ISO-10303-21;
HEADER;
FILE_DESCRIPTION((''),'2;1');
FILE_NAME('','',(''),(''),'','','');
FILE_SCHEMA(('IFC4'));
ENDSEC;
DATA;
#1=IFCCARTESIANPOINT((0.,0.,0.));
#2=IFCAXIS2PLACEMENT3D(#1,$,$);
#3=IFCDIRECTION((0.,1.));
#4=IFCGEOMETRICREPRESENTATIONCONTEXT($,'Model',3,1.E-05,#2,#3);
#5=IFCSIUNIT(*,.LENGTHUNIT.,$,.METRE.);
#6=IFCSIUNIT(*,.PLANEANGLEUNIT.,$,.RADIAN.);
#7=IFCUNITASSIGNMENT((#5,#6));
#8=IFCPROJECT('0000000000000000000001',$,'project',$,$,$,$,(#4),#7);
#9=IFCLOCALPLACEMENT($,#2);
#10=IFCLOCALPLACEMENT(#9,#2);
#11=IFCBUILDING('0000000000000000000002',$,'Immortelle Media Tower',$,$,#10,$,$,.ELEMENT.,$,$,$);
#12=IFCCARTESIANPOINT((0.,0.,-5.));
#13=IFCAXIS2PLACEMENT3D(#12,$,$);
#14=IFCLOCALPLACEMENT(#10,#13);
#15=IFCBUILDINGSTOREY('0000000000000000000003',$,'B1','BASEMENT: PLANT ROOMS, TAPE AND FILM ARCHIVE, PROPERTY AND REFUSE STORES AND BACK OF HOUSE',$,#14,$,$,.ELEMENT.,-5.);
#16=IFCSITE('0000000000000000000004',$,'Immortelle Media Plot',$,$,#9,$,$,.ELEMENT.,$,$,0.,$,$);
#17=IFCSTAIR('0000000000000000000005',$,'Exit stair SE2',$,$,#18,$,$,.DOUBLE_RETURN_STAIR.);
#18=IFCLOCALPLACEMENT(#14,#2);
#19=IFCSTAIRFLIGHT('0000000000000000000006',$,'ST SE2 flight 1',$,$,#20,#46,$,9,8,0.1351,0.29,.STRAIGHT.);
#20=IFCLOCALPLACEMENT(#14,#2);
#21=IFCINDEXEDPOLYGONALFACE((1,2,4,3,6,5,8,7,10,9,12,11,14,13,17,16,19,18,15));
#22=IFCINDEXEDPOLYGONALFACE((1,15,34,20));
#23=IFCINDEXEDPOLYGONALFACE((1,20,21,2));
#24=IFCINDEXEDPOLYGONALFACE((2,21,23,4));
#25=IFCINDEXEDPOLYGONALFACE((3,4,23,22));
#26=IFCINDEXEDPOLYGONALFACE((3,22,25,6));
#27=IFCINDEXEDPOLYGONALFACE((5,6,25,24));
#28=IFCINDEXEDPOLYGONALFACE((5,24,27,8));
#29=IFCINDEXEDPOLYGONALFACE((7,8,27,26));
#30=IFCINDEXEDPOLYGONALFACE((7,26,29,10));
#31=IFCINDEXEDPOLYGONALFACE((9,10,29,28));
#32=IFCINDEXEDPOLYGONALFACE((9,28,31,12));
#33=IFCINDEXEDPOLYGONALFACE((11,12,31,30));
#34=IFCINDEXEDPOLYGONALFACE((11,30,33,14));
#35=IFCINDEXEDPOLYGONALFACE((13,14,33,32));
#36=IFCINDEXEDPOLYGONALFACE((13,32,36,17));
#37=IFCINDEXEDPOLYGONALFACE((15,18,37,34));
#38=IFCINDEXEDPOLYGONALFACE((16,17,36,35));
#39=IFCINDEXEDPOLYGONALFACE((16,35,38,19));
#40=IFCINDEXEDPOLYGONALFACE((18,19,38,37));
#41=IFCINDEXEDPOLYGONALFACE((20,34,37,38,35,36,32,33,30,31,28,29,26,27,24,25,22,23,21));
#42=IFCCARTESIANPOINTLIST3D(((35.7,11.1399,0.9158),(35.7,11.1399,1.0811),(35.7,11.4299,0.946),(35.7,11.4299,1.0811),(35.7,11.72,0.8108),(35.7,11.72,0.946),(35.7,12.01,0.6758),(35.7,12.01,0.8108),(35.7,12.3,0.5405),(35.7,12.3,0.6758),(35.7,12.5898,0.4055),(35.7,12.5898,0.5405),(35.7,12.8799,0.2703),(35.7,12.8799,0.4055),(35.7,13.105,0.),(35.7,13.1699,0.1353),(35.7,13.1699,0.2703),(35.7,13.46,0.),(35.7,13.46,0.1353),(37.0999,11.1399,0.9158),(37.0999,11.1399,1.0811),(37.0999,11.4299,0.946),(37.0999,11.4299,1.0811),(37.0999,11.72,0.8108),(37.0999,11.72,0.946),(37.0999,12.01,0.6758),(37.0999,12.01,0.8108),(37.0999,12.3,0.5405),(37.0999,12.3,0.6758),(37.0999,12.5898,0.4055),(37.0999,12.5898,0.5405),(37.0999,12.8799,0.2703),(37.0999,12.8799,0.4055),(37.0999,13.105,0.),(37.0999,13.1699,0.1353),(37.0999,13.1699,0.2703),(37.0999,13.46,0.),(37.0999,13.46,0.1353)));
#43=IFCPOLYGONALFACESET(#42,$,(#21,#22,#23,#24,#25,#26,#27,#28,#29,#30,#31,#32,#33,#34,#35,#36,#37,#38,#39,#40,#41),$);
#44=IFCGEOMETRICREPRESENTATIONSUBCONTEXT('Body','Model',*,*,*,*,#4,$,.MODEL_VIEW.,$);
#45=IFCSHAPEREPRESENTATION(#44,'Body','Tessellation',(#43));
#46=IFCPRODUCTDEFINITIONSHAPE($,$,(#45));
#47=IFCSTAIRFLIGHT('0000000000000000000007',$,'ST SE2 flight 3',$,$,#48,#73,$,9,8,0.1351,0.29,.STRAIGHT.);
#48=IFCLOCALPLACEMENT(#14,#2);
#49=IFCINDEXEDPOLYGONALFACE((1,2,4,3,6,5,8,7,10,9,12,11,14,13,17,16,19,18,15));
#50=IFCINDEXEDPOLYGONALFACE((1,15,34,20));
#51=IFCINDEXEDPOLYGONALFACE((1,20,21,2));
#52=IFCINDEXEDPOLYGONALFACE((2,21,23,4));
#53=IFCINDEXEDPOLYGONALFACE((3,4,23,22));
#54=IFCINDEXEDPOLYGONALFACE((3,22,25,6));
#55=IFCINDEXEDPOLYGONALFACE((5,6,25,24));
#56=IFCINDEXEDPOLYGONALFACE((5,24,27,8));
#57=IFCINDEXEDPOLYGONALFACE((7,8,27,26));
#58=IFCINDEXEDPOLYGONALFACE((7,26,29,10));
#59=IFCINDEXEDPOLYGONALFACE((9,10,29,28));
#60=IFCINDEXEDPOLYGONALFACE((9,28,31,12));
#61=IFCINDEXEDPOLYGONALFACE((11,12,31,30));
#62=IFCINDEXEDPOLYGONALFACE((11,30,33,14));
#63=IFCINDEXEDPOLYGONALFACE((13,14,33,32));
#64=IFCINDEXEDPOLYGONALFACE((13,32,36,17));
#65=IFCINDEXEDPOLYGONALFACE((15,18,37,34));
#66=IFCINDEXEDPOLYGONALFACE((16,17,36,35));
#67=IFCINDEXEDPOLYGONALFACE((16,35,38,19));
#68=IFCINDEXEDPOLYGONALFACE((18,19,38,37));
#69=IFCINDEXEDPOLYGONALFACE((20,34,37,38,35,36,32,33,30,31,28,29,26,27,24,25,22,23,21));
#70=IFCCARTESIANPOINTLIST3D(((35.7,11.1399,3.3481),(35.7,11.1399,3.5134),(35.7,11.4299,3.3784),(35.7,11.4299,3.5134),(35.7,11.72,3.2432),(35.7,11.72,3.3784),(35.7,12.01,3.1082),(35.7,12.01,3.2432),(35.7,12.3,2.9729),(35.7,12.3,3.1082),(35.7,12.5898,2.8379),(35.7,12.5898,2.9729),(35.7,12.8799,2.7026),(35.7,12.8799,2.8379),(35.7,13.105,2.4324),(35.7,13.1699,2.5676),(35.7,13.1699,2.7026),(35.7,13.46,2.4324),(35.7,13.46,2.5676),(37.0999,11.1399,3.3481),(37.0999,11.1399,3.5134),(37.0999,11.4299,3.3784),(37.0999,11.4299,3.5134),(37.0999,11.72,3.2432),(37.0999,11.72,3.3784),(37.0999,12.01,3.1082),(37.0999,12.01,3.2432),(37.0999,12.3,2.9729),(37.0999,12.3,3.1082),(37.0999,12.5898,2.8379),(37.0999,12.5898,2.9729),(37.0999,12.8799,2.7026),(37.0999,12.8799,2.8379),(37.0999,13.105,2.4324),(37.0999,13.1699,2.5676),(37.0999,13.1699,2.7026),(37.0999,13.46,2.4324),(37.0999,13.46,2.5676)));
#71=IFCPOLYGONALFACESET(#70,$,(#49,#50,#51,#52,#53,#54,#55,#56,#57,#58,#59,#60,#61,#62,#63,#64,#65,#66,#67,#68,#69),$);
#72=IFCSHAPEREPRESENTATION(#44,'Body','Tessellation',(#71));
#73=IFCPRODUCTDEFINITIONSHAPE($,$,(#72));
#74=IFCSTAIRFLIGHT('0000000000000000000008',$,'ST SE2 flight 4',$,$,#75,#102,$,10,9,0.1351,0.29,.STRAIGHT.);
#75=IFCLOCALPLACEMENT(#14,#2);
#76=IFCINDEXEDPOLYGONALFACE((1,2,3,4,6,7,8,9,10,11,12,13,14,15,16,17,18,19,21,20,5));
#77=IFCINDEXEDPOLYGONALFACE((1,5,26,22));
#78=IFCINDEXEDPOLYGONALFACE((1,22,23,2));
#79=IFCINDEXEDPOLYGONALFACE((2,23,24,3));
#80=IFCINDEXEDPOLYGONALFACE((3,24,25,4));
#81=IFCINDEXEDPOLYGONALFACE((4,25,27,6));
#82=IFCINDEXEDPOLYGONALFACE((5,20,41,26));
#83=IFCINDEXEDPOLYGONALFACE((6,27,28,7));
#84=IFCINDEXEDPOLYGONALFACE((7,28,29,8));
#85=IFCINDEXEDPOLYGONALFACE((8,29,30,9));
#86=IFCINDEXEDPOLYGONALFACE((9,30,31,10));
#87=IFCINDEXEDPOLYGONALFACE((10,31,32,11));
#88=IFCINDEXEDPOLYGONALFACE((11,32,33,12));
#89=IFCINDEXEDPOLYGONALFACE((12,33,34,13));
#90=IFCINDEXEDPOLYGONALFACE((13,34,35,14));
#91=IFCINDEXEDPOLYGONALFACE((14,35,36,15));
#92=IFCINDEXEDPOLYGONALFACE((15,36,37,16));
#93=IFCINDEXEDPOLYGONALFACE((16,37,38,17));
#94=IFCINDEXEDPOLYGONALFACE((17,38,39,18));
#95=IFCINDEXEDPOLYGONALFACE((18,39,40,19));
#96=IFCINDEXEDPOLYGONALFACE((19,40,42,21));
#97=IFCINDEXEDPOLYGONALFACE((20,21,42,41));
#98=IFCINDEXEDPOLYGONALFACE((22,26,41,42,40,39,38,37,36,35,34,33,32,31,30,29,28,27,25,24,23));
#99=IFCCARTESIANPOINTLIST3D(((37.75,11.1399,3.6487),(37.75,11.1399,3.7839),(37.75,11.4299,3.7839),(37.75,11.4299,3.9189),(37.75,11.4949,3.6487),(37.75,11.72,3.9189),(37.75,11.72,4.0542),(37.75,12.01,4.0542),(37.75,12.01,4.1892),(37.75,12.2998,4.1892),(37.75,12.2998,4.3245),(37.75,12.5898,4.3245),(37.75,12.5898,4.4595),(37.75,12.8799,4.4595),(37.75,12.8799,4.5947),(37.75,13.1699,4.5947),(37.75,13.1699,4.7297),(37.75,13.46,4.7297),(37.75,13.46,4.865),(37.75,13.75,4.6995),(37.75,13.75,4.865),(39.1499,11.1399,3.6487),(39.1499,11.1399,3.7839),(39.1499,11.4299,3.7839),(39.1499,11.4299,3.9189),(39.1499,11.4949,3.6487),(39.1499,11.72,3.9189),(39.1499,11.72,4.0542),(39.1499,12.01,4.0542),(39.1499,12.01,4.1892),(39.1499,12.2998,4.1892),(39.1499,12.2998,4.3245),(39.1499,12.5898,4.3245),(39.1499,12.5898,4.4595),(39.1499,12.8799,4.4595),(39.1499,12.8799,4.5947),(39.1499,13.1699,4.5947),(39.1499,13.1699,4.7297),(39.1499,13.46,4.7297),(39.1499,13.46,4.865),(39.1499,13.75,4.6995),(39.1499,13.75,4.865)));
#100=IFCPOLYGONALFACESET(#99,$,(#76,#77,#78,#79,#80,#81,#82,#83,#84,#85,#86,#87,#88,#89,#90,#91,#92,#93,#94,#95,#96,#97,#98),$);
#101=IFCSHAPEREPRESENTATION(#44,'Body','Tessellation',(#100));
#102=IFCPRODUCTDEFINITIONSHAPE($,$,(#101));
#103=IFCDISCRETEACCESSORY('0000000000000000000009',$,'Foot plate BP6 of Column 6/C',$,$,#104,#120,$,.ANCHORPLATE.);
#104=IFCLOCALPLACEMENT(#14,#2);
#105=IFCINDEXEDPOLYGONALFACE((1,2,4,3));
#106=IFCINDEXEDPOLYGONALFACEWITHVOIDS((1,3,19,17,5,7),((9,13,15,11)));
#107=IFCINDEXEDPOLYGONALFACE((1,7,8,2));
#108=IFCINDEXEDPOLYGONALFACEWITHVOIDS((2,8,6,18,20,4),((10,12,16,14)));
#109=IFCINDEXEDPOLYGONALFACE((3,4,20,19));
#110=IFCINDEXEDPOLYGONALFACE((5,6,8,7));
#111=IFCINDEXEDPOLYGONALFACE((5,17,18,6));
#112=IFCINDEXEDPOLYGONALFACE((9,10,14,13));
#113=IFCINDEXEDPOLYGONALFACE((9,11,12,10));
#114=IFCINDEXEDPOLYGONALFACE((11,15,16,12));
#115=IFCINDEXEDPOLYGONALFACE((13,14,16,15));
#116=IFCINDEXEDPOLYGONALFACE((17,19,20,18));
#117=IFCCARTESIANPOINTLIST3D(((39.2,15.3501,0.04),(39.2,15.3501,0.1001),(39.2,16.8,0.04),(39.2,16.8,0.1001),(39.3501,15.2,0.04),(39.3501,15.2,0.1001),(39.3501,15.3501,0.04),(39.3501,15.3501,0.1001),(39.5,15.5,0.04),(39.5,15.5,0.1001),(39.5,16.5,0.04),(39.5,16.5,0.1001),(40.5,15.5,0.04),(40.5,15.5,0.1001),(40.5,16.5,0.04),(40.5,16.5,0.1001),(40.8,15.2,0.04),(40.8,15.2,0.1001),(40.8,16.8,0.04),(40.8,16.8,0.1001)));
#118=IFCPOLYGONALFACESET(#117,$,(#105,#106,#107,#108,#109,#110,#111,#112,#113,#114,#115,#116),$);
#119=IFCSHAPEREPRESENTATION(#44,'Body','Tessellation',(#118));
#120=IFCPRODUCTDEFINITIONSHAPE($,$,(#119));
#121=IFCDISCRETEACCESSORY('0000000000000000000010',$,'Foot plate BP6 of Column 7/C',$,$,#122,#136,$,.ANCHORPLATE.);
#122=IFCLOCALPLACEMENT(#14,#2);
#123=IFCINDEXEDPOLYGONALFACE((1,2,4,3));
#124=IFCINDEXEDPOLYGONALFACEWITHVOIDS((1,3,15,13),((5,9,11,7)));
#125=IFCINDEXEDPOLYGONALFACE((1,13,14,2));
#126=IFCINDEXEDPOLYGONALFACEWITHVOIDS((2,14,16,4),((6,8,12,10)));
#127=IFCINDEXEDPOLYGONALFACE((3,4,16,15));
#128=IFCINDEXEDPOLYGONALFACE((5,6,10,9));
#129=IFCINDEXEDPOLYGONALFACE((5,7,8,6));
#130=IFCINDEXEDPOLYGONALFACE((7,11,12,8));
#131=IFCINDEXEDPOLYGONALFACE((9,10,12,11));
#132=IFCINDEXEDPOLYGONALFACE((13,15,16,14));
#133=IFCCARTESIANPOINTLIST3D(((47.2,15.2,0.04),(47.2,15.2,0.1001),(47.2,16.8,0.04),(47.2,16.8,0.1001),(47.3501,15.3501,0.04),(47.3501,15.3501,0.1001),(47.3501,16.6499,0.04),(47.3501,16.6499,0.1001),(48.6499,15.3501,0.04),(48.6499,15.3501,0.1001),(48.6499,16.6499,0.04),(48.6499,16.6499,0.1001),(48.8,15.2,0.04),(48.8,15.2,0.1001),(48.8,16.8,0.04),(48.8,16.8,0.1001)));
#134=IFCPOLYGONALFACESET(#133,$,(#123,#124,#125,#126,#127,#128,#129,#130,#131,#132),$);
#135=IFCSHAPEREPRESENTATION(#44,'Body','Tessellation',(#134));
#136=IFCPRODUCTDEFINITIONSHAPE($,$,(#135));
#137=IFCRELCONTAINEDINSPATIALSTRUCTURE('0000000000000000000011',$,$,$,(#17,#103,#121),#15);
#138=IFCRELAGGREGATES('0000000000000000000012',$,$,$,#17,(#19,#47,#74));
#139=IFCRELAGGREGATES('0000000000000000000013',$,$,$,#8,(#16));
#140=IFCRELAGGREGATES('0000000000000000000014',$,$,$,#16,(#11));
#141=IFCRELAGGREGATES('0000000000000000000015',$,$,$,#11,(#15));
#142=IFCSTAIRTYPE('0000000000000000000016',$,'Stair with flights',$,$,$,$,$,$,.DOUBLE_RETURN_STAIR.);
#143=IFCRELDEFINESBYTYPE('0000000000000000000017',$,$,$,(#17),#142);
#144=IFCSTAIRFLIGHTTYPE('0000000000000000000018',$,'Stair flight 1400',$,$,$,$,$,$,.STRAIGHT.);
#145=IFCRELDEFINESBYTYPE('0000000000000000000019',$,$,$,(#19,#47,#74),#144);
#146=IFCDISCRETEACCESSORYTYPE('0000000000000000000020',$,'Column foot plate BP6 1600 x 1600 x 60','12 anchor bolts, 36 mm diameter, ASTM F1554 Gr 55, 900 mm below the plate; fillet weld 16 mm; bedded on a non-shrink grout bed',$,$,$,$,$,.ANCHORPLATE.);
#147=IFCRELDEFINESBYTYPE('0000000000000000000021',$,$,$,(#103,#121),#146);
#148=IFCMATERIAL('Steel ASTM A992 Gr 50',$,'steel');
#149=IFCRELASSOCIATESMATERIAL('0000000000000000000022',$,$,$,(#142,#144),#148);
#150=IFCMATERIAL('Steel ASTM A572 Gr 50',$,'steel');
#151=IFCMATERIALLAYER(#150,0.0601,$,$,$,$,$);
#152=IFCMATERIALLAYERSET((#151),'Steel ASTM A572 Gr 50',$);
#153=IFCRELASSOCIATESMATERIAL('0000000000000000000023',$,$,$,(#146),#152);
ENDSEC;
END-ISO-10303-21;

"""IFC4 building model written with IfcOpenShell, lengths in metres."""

from ifc_helpers import new_model, si_unit, direction, frame, origin, place, context, subcontext, project, spatial, polyline, outline, extrude, material, layer, layer_set, type_object, element, aggregate, save


model = new_model("IFC4")

# Units and contexts
model_context = context("Model", 3, precision=1e-05, world=origin(), true_north=direction((0.0, 1.0)))
body_context = subcontext(model_context, "Body", "Model", "MODEL_VIEW")
ifc_project = project(units=[si_unit("LENGTHUNIT", "METRE"), si_unit("PLANEANGLEUNIT", "RADIAN")], contexts=[model_context])

# Site, building, storey
site_placement = place(None, origin())
site = spatial("IfcSite", under=ifc_project, at=site_placement, Name="Immortelle Media Plot", CompositionType="ELEMENT", RefElevation=0.0)
building_placement = place(site_placement, origin())
building = spatial("IfcBuilding", under=site, at=building_placement, Name="Immortelle Media Tower", CompositionType="ELEMENT")
storey_placement = place(building_placement, frame((0.0, 0.0, -5.0)))
storey = spatial("IfcBuildingStorey", under=building, at=storey_placement, Name="B1", Description="BASEMENT: PLANT ROOMS, TAPE AND FILM ARCHIVE, PROPERTY AND REFUSE STORES AND BACK OF HOUSE", CompositionType="ELEMENT", Elevation=-5.0)

# Shared definitions
ifc_material_1 = material(Name="Steel ASTM A572 Gr 50", Category="steel")

# Stair, stair flights
ifc_material_2 = material(Name="Steel ASTM A992 Gr 50", Category="steel")
stair_type = type_object("IfcStairType", Name="Stair with flights", PredefinedType="DOUBLE_RETURN_STAIR", material=ifc_material_2)
stair_placement = place(storey_placement, origin())
stair = element("IfcStair", 1, at=stair_placement, inside=storey, type_object=stair_type, Name="Exit stair SE2", PredefinedType="DOUBLE_RETURN_STAIR")
stair_flight_type = type_object("IfcStairFlightType", Name="Stair flight 1400", PredefinedType="STRAIGHT", material=ifc_material_2)
stair_flight_1_placement = place(storey_placement, frame((36.3999, 13.46, 0.0), z_axis=(0.0, 0.0, 1.0), x_axis=(0.0, -1.0, 0.0)))
stair_flight_1 = element("IfcStairFlight", 2, at=stair_flight_1_placement, type_object=stair_flight_type, Name="ST SE2 flight 1", NumberOfRisers=9, NumberOfTreads=8, PredefinedType="STRAIGHT", RiserHeight=0.1351, TreadLength=0.29, context=body_context, shape_type="SweptSolid", body=[
    extrude(outline(polyline([(0.0, 0.0), (0.0, 0.1353), (0.29, 0.1353), (0.29, 0.2703), (0.5801, 0.2703), (0.5801, 0.4055), (0.8701, 0.4055), (0.8701, 0.5405), (1.1599, 0.5405), (1.1599, 0.6758), (1.45, 0.6758), (1.45, 0.8108), (1.74, 0.8108), (1.74, 0.946), (2.03, 0.946), (2.03, 1.0811), (2.3201, 1.0811), (2.3201, 1.2163), (2.3201, 0.9158), (0.355, 0.0), (0.0, 0.0)])), frame((0.0, 0.7, 0.0), z_axis=(0.0, -1.0, 0.0), x_axis=(1.0, 0.0, 0.0)), (0.0, 0.0, 1.0), 1.3999),
])
stair_flight_2_placement = place(storey_placement, frame((36.3999, 13.46, 2.4324), z_axis=(0.0, 0.0, 1.0), x_axis=(0.0, -1.0, 0.0)))
stair_flight_2 = element("IfcStairFlight", 3, at=stair_flight_2_placement, type_object=stair_flight_type, Name="ST SE2 flight 3", NumberOfRisers=9, NumberOfTreads=8, PredefinedType="STRAIGHT", RiserHeight=0.1351, TreadLength=0.29, context=body_context, shape_type="SweptSolid", body=[
    extrude(outline(polyline([(0.0, 0.0), (0.0, 0.1353), (0.29, 0.1353), (0.29, 0.2703), (0.5801, 0.2703), (0.5801, 0.4055), (0.8701, 0.4055), (0.8701, 0.5405), (1.1599, 0.5405), (1.1599, 0.6758), (1.45, 0.6758), (1.45, 0.8108), (1.74, 0.8108), (1.74, 0.946), (2.03, 0.946), (2.03, 1.0811), (2.3201, 1.0811), (2.3201, 1.2163), (2.3201, 0.9158), (0.355, 0.0), (0.0, 0.0)])), frame((0.0, 0.7, 0.0), z_axis=(0.0, -1.0, 0.0), x_axis=(1.0, 0.0, 0.0)), (0.0, 0.0, 1.0), 1.3999),
])
stair_flight_3_placement = place(storey_placement, frame((38.45, 11.1399, 3.6487), z_axis=(0.0, 0.0, 1.0), x_axis=(0.0, 1.0, 0.0)))
stair_flight_3 = element("IfcStairFlight", 4, at=stair_flight_3_placement, type_object=stair_flight_type, Name="ST SE2 flight 4", NumberOfRisers=10, NumberOfTreads=9, PredefinedType="STRAIGHT", RiserHeight=0.1351, TreadLength=0.29, context=body_context, shape_type="SweptSolid", body=[
    extrude(outline(polyline([(0.0, 0.0), (0.0, 0.1353), (0.29, 0.1353), (0.29, 0.2703), (0.5801, 0.2703), (0.5801, 0.4055), (0.8701, 0.4055), (0.8701, 0.5405), (1.1599, 0.5405), (1.1599, 0.6758), (1.45, 0.6758), (1.45, 0.8108), (1.74, 0.8108), (1.74, 0.946), (2.03, 0.946), (2.03, 1.0811), (2.3201, 1.0811), (2.3201, 1.2163), (2.6101, 1.2163), (2.6101, 1.3513), (2.6101, 1.0508), (0.355, 0.0), (0.0, 0.0)])), frame((0.0, 0.7, 0.0), z_axis=(0.0, -1.0, 0.0), x_axis=(1.0, 0.0, 0.0)), (0.0, 0.0, 1.0), 1.3999),
])
aggregate(stair, [stair_flight_1, stair_flight_2, stair_flight_3])

# Discrete accessories
ifc_layer_1 = layer(ifc_material_1, 0.0601)
ifc_layer_set_1 = layer_set([ifc_layer_1], Name="Steel ASTM A572 Gr 50")
discrete_accessory_type = type_object("IfcDiscreteAccessoryType", Name="Column foot plate BP6 1600 x 1600 x 60", Description="12 anchor bolts, 36 mm diameter, ASTM F1554 Gr 55, 900 mm below the plate; fillet weld 16 mm; bedded on a non-shrink grout bed", PredefinedType="ANCHORPLATE", material=ifc_layer_set_1)
discrete_accessory_1_placement = place(storey_placement, frame((40.0, 16.0, 0.04), z_axis=(0.0, 0.0, 1.0), x_axis=(1.0, 0.0, 0.0)))
element("IfcDiscreteAccessory", 5, at=discrete_accessory_1_placement, inside=storey, type_object=discrete_accessory_type, Name="Foot plate BP6 of Column 6/C", PredefinedType="ANCHORPLATE", context=body_context, shape_type="SweptSolid", body=[
    extrude(outline(polyline([(0.8, 0.8), (-0.8, 0.8), (-0.8, -0.6499), (-0.6499, -0.6499), (-0.6499, -0.8), (0.8, -0.8), (0.8, 0.8)]), holes=[polyline([(0.5, 0.5), (0.5, -0.5), (-0.5, -0.5), (-0.5, 0.5), (0.5, 0.5)])]), origin(), (0.0, 0.0, 1.0), 0.0601),
])
discrete_accessory_2_placement = place(storey_placement, frame((48.0, 16.0, 0.04), z_axis=(0.0, 0.0, 1.0), x_axis=(1.0, 0.0, 0.0)))
element("IfcDiscreteAccessory", 6, at=discrete_accessory_2_placement, inside=storey, type_object=discrete_accessory_type, Name="Foot plate BP6 of Column 7/C", PredefinedType="ANCHORPLATE", context=body_context, shape_type="SweptSolid", body=[
    extrude(outline(polyline([(-0.8, -0.8), (0.8, -0.8), (0.8, 0.8), (-0.8, 0.8), (-0.8, -0.8)]), holes=[polyline([(0.6499, 0.6499), (0.6499, -0.6499), (-0.6499, -0.6499), (-0.6499, 0.6499), (0.6499, 0.6499)])]), origin(), (0.0, 0.0, 1.0), 0.0601),
])

save(model, "model.ifc")
